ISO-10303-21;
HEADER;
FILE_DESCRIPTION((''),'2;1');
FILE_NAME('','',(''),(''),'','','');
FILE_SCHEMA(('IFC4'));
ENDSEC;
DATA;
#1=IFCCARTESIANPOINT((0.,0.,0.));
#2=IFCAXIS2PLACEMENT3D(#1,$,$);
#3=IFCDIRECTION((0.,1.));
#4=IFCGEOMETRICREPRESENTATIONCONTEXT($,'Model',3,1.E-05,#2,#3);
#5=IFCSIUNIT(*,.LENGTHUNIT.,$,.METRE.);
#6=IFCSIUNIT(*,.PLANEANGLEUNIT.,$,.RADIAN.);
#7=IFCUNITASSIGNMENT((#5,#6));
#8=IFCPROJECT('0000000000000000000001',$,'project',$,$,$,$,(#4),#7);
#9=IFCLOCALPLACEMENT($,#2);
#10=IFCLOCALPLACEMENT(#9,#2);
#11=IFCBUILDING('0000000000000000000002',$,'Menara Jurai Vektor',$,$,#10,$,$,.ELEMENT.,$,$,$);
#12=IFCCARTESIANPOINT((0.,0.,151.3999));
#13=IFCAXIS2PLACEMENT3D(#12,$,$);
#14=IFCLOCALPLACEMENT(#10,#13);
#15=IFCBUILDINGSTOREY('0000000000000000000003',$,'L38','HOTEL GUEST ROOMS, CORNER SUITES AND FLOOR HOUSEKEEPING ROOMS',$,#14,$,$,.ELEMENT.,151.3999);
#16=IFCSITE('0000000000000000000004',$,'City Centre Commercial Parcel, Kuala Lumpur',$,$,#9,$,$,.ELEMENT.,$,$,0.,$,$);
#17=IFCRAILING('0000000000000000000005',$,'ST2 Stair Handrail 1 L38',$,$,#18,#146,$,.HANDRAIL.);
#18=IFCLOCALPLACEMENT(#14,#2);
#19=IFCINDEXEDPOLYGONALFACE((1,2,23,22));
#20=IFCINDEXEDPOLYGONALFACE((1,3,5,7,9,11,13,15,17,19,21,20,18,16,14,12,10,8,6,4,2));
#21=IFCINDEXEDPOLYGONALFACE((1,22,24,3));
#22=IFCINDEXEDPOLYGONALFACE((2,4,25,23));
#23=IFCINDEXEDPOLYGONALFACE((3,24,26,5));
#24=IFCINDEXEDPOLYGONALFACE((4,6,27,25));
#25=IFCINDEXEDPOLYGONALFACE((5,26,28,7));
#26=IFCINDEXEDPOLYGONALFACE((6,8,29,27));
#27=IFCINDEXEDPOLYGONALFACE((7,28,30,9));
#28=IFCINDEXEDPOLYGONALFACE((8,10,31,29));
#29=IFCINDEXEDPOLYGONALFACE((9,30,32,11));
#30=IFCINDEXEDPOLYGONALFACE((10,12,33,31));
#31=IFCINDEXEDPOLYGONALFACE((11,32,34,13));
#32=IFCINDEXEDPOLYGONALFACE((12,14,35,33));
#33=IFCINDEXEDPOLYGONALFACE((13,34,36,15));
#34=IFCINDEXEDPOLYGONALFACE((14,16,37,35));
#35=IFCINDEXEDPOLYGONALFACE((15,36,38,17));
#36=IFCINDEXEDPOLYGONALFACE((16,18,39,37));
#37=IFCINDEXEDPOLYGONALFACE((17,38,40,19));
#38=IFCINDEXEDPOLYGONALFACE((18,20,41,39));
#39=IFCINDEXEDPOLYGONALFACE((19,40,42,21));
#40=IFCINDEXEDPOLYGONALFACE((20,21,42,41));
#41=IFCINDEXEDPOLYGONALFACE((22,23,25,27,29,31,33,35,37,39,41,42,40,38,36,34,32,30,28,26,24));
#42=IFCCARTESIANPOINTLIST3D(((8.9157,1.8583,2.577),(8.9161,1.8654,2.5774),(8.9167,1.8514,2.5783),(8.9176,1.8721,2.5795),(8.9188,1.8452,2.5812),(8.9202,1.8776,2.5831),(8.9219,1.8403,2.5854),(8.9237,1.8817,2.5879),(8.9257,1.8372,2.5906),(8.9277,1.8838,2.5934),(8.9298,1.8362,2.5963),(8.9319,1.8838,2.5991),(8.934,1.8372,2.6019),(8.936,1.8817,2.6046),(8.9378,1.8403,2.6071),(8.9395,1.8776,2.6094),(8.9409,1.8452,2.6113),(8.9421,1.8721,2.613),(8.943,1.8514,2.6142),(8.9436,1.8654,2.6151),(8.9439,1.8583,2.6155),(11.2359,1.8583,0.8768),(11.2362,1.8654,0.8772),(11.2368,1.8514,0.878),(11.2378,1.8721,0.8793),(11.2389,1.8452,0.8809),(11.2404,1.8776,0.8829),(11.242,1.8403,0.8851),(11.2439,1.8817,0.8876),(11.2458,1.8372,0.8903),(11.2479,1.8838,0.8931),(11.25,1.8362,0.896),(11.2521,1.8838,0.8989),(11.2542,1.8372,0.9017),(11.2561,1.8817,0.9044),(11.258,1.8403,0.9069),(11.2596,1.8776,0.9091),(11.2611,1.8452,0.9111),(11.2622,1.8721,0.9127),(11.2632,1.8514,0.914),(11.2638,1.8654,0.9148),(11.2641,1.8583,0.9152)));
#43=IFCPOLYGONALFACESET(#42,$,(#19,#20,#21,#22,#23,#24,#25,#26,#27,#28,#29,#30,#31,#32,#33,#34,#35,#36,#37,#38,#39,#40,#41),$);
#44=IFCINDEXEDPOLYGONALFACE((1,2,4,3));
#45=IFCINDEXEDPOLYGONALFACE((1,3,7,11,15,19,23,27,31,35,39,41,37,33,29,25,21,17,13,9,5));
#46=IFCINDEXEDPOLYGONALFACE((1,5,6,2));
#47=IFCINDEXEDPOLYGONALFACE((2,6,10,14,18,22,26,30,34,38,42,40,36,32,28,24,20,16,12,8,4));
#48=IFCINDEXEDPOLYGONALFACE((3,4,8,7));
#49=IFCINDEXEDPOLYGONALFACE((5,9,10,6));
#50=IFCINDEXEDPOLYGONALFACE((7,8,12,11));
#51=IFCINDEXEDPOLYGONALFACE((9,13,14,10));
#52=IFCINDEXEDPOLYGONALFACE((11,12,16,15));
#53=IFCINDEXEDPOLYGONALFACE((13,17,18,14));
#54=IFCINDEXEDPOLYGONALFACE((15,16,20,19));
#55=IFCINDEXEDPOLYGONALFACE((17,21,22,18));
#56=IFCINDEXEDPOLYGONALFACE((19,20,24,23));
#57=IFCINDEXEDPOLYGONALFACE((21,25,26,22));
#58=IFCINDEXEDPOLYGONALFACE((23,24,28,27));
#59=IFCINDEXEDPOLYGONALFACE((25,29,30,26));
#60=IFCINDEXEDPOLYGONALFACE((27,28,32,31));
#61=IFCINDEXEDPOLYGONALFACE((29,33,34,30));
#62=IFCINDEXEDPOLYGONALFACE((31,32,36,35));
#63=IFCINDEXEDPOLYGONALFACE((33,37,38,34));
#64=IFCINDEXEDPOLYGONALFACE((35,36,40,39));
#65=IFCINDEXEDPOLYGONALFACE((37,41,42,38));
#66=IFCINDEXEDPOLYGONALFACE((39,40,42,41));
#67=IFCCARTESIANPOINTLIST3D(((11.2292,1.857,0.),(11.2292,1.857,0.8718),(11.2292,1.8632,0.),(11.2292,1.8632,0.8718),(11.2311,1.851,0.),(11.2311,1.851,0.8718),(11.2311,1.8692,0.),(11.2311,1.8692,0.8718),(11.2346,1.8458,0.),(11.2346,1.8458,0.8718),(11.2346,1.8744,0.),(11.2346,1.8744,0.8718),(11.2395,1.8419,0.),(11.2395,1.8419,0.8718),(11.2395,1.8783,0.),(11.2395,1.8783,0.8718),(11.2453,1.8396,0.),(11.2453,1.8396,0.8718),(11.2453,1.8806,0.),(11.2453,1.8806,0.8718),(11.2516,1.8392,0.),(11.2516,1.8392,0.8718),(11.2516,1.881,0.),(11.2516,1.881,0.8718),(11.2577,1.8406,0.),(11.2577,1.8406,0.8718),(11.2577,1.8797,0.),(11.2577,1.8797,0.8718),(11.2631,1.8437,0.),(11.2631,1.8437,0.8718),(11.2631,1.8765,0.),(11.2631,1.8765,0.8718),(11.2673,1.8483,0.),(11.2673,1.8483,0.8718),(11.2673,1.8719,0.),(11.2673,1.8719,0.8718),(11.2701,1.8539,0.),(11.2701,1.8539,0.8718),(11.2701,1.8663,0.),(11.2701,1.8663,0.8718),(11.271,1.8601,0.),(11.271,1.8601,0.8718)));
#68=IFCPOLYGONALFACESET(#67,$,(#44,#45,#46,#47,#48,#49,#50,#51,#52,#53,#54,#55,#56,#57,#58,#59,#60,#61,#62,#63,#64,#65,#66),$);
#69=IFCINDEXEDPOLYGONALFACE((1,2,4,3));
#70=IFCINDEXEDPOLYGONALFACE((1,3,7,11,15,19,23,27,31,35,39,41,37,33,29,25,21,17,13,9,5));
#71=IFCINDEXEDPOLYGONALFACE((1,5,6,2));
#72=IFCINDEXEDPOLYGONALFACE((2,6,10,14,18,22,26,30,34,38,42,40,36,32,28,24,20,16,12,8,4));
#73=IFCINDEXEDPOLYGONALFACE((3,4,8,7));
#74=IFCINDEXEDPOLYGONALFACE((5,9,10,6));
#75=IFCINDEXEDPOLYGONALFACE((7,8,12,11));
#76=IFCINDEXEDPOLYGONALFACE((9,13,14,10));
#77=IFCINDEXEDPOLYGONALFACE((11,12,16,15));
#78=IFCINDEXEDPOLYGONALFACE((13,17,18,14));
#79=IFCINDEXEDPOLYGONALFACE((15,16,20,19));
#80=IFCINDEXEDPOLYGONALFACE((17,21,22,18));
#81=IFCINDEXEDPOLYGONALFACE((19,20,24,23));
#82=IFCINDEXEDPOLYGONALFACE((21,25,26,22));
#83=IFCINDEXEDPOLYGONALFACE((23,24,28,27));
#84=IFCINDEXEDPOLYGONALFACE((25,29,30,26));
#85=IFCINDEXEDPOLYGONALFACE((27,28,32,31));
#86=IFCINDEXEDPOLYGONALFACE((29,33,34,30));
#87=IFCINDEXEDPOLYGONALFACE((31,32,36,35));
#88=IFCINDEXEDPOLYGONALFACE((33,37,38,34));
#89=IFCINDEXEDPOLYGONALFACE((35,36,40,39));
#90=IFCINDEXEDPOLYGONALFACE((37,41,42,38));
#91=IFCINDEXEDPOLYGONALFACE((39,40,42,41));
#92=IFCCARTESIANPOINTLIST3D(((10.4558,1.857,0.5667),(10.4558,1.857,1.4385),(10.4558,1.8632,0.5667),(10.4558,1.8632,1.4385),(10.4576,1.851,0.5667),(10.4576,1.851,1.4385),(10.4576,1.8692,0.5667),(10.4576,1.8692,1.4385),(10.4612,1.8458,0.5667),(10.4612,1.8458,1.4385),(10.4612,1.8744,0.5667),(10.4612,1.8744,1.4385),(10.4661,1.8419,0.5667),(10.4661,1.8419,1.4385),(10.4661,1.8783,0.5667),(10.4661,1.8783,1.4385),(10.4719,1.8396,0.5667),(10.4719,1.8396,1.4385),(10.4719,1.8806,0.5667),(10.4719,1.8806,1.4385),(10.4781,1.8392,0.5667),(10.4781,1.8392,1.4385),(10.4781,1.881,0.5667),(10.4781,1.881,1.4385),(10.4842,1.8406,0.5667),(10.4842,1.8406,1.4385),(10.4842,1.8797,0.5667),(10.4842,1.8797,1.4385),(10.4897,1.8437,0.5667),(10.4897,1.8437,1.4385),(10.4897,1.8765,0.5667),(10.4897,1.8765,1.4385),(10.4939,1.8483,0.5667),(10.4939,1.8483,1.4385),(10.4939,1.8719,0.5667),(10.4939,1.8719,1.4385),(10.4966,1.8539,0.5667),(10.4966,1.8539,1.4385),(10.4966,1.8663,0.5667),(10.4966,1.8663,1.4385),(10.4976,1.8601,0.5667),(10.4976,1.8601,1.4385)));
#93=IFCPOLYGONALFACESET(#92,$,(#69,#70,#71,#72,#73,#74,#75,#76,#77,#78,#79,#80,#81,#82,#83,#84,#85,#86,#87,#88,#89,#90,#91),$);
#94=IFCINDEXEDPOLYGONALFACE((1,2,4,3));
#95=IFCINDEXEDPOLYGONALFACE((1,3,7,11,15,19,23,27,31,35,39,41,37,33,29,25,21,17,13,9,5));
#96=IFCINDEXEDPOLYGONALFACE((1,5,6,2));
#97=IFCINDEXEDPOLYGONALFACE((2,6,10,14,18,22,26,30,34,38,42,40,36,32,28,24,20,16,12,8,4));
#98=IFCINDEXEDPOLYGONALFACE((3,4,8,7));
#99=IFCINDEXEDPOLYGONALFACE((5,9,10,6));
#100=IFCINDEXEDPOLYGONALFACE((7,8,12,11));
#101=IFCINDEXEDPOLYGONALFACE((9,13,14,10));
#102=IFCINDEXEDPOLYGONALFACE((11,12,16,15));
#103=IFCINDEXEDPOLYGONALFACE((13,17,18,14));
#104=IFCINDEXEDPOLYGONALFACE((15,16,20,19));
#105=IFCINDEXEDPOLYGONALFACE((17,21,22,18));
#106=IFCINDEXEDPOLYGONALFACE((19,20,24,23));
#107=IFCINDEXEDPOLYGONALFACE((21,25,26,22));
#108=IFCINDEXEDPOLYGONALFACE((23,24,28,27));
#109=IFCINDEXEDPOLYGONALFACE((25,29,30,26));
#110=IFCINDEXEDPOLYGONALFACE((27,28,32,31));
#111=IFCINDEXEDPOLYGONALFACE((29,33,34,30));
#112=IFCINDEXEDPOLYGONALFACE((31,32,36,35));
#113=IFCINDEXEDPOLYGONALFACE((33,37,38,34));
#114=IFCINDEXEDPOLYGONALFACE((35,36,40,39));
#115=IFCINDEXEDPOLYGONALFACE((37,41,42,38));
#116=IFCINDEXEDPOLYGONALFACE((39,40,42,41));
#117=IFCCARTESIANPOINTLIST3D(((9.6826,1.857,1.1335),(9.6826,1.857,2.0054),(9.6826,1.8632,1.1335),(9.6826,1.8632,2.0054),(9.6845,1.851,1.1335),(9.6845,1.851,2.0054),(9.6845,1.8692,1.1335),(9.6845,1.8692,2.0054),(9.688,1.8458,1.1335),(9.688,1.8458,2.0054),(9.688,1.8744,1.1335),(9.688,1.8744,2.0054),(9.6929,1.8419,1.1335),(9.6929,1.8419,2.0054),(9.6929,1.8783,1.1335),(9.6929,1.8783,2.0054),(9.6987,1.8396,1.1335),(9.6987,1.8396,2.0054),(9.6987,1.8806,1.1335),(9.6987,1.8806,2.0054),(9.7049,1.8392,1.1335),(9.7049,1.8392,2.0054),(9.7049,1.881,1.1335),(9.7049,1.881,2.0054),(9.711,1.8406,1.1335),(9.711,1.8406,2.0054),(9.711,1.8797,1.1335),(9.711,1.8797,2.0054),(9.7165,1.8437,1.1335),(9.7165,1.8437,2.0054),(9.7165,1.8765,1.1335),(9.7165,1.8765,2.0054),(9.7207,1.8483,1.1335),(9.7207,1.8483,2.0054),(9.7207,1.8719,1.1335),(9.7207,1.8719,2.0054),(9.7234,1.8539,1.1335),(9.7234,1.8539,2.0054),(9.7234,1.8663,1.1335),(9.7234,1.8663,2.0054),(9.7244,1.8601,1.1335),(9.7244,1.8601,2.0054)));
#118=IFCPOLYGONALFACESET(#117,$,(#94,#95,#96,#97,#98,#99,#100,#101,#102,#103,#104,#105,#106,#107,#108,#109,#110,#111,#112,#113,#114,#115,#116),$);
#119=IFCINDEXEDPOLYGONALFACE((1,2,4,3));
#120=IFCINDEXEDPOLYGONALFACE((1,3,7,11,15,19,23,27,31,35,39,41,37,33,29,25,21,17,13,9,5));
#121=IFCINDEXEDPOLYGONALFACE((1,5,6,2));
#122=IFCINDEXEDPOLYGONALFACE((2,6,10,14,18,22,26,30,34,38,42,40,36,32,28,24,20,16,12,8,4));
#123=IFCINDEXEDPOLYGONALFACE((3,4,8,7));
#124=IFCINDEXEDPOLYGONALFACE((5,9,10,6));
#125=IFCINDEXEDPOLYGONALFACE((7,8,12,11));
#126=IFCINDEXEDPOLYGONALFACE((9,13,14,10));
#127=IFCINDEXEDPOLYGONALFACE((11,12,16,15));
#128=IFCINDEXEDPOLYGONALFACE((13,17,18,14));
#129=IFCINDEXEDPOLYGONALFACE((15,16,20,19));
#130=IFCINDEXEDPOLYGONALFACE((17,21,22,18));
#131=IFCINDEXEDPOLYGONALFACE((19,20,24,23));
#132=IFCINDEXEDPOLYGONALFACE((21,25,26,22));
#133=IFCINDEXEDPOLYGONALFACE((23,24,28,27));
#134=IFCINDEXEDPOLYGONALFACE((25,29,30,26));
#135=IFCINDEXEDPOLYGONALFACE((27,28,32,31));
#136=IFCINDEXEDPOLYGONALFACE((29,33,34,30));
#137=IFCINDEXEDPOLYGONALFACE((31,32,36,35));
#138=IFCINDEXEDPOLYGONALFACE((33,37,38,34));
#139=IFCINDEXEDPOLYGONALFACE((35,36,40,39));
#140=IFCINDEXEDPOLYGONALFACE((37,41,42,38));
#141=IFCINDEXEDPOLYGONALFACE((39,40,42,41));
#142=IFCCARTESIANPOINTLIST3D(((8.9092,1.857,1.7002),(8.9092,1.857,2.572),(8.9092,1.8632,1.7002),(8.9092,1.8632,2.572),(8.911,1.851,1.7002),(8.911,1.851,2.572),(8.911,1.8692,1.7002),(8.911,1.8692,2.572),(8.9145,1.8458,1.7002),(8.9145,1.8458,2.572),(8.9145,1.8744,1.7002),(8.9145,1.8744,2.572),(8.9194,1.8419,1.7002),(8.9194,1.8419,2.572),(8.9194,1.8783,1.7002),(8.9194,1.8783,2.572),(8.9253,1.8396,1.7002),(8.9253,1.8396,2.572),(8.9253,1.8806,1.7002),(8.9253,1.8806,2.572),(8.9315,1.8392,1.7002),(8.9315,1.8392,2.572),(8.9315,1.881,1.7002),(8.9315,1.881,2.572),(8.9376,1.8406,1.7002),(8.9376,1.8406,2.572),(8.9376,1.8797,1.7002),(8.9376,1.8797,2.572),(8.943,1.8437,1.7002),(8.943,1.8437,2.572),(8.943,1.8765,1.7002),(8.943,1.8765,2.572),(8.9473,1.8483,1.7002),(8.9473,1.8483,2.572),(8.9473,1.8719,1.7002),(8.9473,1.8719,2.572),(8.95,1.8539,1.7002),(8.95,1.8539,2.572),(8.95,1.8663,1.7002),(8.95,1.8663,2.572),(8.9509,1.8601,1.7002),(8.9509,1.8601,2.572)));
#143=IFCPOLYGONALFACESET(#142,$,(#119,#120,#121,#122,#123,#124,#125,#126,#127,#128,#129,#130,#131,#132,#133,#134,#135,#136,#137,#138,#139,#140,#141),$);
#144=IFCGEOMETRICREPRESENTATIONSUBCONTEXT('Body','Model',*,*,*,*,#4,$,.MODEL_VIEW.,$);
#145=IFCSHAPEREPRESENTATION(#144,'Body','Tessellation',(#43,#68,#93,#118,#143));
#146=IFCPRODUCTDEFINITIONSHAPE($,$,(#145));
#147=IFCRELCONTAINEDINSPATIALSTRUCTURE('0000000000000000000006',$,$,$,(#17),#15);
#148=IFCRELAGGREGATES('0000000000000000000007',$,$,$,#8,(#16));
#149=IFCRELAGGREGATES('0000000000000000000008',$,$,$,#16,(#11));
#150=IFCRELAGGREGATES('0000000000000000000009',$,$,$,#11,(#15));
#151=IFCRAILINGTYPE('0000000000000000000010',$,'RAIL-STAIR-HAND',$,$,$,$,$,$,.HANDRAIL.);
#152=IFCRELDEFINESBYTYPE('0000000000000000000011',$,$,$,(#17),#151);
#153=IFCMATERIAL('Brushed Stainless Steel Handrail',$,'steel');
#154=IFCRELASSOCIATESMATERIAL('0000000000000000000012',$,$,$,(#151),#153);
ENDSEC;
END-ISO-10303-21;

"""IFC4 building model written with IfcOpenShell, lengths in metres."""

from ifc_helpers import new_model, si_unit, direction, frame, origin, origin_2d, place, context, subcontext, project, spatial, circle, extrude, material, type_object, element, save


model = new_model("IFC4")

# Units and contexts
model_context = context("Model", 3, precision=1e-05, world=origin(), true_north=direction((0.0, 1.0)))
body_context = subcontext(model_context, "Body", "Model", "MODEL_VIEW")
ifc_project = project(units=[si_unit("LENGTHUNIT", "METRE"), si_unit("PLANEANGLEUNIT", "RADIAN")], contexts=[model_context])

# Site, building, storey
site_placement = place(None, origin())
site = spatial("IfcSite", under=ifc_project, at=site_placement, Name="City Centre Commercial Parcel, Kuala Lumpur", CompositionType="ELEMENT", RefElevation=0.0)
building_placement = place(site_placement, origin())
building = spatial("IfcBuilding", under=site, at=building_placement, Name="Menara Jurai Vektor", CompositionType="ELEMENT")
storey_placement = place(building_placement, frame((0.0, 0.0, 151.3999)))
storey = spatial("IfcBuildingStorey", under=building, at=storey_placement, Name="L38", Description="HOTEL GUEST ROOMS, CORNER SUITES AND FLOOR HOUSEKEEPING ROOMS", CompositionType="ELEMENT", Elevation=151.3999)

# Railing
ifc_material_1 = material(Name="Brushed Stainless Steel Handrail", Category="steel")
railing_type_1 = type_object("IfcRailingType", Name="RAIL-STAIR-HAND", PredefinedType="HANDRAIL", material=ifc_material_1)
railing_1_placement = place(storey_placement, frame((11.25, 1.8601, 0.0)))
element("IfcRailing", 1, at=railing_1_placement, inside=storey, type_object=railing_type_1, Name="ST2 Stair Handrail 1 L38", PredefinedType="HANDRAIL", context=body_context, shape_type="SweptSolid", body=[
    extrude(circle(Radius=0.0239, at=origin_2d()), frame((0.0, 0.0, 0.896), z_axis=(-0.806602, 0.0, 0.591095), x_axis=(0.0, -1.0, 0.0)), (0.0, 0.0, 1.0), 2.8765),
    extrude(circle(Radius=0.021, at=origin_2d()), origin(), (0.0, 0.0, 1.0), 0.8718),
    extrude(circle(Radius=0.021, at=origin_2d()), frame((-0.7734, 0.0, 0.5667)), (0.0, 0.0, 1.0), 0.8718),
    extrude(circle(Radius=0.021, at=origin_2d()), frame((-1.5466, 0.0, 1.1335)), (0.0, 0.0, 1.0), 0.8718),
    extrude(circle(Radius=0.021, at=origin_2d()), frame((-2.3201, 0.0, 1.7002)), (0.0, 0.0, 1.0), 0.8718),
])

save(model, "model.ifc")
